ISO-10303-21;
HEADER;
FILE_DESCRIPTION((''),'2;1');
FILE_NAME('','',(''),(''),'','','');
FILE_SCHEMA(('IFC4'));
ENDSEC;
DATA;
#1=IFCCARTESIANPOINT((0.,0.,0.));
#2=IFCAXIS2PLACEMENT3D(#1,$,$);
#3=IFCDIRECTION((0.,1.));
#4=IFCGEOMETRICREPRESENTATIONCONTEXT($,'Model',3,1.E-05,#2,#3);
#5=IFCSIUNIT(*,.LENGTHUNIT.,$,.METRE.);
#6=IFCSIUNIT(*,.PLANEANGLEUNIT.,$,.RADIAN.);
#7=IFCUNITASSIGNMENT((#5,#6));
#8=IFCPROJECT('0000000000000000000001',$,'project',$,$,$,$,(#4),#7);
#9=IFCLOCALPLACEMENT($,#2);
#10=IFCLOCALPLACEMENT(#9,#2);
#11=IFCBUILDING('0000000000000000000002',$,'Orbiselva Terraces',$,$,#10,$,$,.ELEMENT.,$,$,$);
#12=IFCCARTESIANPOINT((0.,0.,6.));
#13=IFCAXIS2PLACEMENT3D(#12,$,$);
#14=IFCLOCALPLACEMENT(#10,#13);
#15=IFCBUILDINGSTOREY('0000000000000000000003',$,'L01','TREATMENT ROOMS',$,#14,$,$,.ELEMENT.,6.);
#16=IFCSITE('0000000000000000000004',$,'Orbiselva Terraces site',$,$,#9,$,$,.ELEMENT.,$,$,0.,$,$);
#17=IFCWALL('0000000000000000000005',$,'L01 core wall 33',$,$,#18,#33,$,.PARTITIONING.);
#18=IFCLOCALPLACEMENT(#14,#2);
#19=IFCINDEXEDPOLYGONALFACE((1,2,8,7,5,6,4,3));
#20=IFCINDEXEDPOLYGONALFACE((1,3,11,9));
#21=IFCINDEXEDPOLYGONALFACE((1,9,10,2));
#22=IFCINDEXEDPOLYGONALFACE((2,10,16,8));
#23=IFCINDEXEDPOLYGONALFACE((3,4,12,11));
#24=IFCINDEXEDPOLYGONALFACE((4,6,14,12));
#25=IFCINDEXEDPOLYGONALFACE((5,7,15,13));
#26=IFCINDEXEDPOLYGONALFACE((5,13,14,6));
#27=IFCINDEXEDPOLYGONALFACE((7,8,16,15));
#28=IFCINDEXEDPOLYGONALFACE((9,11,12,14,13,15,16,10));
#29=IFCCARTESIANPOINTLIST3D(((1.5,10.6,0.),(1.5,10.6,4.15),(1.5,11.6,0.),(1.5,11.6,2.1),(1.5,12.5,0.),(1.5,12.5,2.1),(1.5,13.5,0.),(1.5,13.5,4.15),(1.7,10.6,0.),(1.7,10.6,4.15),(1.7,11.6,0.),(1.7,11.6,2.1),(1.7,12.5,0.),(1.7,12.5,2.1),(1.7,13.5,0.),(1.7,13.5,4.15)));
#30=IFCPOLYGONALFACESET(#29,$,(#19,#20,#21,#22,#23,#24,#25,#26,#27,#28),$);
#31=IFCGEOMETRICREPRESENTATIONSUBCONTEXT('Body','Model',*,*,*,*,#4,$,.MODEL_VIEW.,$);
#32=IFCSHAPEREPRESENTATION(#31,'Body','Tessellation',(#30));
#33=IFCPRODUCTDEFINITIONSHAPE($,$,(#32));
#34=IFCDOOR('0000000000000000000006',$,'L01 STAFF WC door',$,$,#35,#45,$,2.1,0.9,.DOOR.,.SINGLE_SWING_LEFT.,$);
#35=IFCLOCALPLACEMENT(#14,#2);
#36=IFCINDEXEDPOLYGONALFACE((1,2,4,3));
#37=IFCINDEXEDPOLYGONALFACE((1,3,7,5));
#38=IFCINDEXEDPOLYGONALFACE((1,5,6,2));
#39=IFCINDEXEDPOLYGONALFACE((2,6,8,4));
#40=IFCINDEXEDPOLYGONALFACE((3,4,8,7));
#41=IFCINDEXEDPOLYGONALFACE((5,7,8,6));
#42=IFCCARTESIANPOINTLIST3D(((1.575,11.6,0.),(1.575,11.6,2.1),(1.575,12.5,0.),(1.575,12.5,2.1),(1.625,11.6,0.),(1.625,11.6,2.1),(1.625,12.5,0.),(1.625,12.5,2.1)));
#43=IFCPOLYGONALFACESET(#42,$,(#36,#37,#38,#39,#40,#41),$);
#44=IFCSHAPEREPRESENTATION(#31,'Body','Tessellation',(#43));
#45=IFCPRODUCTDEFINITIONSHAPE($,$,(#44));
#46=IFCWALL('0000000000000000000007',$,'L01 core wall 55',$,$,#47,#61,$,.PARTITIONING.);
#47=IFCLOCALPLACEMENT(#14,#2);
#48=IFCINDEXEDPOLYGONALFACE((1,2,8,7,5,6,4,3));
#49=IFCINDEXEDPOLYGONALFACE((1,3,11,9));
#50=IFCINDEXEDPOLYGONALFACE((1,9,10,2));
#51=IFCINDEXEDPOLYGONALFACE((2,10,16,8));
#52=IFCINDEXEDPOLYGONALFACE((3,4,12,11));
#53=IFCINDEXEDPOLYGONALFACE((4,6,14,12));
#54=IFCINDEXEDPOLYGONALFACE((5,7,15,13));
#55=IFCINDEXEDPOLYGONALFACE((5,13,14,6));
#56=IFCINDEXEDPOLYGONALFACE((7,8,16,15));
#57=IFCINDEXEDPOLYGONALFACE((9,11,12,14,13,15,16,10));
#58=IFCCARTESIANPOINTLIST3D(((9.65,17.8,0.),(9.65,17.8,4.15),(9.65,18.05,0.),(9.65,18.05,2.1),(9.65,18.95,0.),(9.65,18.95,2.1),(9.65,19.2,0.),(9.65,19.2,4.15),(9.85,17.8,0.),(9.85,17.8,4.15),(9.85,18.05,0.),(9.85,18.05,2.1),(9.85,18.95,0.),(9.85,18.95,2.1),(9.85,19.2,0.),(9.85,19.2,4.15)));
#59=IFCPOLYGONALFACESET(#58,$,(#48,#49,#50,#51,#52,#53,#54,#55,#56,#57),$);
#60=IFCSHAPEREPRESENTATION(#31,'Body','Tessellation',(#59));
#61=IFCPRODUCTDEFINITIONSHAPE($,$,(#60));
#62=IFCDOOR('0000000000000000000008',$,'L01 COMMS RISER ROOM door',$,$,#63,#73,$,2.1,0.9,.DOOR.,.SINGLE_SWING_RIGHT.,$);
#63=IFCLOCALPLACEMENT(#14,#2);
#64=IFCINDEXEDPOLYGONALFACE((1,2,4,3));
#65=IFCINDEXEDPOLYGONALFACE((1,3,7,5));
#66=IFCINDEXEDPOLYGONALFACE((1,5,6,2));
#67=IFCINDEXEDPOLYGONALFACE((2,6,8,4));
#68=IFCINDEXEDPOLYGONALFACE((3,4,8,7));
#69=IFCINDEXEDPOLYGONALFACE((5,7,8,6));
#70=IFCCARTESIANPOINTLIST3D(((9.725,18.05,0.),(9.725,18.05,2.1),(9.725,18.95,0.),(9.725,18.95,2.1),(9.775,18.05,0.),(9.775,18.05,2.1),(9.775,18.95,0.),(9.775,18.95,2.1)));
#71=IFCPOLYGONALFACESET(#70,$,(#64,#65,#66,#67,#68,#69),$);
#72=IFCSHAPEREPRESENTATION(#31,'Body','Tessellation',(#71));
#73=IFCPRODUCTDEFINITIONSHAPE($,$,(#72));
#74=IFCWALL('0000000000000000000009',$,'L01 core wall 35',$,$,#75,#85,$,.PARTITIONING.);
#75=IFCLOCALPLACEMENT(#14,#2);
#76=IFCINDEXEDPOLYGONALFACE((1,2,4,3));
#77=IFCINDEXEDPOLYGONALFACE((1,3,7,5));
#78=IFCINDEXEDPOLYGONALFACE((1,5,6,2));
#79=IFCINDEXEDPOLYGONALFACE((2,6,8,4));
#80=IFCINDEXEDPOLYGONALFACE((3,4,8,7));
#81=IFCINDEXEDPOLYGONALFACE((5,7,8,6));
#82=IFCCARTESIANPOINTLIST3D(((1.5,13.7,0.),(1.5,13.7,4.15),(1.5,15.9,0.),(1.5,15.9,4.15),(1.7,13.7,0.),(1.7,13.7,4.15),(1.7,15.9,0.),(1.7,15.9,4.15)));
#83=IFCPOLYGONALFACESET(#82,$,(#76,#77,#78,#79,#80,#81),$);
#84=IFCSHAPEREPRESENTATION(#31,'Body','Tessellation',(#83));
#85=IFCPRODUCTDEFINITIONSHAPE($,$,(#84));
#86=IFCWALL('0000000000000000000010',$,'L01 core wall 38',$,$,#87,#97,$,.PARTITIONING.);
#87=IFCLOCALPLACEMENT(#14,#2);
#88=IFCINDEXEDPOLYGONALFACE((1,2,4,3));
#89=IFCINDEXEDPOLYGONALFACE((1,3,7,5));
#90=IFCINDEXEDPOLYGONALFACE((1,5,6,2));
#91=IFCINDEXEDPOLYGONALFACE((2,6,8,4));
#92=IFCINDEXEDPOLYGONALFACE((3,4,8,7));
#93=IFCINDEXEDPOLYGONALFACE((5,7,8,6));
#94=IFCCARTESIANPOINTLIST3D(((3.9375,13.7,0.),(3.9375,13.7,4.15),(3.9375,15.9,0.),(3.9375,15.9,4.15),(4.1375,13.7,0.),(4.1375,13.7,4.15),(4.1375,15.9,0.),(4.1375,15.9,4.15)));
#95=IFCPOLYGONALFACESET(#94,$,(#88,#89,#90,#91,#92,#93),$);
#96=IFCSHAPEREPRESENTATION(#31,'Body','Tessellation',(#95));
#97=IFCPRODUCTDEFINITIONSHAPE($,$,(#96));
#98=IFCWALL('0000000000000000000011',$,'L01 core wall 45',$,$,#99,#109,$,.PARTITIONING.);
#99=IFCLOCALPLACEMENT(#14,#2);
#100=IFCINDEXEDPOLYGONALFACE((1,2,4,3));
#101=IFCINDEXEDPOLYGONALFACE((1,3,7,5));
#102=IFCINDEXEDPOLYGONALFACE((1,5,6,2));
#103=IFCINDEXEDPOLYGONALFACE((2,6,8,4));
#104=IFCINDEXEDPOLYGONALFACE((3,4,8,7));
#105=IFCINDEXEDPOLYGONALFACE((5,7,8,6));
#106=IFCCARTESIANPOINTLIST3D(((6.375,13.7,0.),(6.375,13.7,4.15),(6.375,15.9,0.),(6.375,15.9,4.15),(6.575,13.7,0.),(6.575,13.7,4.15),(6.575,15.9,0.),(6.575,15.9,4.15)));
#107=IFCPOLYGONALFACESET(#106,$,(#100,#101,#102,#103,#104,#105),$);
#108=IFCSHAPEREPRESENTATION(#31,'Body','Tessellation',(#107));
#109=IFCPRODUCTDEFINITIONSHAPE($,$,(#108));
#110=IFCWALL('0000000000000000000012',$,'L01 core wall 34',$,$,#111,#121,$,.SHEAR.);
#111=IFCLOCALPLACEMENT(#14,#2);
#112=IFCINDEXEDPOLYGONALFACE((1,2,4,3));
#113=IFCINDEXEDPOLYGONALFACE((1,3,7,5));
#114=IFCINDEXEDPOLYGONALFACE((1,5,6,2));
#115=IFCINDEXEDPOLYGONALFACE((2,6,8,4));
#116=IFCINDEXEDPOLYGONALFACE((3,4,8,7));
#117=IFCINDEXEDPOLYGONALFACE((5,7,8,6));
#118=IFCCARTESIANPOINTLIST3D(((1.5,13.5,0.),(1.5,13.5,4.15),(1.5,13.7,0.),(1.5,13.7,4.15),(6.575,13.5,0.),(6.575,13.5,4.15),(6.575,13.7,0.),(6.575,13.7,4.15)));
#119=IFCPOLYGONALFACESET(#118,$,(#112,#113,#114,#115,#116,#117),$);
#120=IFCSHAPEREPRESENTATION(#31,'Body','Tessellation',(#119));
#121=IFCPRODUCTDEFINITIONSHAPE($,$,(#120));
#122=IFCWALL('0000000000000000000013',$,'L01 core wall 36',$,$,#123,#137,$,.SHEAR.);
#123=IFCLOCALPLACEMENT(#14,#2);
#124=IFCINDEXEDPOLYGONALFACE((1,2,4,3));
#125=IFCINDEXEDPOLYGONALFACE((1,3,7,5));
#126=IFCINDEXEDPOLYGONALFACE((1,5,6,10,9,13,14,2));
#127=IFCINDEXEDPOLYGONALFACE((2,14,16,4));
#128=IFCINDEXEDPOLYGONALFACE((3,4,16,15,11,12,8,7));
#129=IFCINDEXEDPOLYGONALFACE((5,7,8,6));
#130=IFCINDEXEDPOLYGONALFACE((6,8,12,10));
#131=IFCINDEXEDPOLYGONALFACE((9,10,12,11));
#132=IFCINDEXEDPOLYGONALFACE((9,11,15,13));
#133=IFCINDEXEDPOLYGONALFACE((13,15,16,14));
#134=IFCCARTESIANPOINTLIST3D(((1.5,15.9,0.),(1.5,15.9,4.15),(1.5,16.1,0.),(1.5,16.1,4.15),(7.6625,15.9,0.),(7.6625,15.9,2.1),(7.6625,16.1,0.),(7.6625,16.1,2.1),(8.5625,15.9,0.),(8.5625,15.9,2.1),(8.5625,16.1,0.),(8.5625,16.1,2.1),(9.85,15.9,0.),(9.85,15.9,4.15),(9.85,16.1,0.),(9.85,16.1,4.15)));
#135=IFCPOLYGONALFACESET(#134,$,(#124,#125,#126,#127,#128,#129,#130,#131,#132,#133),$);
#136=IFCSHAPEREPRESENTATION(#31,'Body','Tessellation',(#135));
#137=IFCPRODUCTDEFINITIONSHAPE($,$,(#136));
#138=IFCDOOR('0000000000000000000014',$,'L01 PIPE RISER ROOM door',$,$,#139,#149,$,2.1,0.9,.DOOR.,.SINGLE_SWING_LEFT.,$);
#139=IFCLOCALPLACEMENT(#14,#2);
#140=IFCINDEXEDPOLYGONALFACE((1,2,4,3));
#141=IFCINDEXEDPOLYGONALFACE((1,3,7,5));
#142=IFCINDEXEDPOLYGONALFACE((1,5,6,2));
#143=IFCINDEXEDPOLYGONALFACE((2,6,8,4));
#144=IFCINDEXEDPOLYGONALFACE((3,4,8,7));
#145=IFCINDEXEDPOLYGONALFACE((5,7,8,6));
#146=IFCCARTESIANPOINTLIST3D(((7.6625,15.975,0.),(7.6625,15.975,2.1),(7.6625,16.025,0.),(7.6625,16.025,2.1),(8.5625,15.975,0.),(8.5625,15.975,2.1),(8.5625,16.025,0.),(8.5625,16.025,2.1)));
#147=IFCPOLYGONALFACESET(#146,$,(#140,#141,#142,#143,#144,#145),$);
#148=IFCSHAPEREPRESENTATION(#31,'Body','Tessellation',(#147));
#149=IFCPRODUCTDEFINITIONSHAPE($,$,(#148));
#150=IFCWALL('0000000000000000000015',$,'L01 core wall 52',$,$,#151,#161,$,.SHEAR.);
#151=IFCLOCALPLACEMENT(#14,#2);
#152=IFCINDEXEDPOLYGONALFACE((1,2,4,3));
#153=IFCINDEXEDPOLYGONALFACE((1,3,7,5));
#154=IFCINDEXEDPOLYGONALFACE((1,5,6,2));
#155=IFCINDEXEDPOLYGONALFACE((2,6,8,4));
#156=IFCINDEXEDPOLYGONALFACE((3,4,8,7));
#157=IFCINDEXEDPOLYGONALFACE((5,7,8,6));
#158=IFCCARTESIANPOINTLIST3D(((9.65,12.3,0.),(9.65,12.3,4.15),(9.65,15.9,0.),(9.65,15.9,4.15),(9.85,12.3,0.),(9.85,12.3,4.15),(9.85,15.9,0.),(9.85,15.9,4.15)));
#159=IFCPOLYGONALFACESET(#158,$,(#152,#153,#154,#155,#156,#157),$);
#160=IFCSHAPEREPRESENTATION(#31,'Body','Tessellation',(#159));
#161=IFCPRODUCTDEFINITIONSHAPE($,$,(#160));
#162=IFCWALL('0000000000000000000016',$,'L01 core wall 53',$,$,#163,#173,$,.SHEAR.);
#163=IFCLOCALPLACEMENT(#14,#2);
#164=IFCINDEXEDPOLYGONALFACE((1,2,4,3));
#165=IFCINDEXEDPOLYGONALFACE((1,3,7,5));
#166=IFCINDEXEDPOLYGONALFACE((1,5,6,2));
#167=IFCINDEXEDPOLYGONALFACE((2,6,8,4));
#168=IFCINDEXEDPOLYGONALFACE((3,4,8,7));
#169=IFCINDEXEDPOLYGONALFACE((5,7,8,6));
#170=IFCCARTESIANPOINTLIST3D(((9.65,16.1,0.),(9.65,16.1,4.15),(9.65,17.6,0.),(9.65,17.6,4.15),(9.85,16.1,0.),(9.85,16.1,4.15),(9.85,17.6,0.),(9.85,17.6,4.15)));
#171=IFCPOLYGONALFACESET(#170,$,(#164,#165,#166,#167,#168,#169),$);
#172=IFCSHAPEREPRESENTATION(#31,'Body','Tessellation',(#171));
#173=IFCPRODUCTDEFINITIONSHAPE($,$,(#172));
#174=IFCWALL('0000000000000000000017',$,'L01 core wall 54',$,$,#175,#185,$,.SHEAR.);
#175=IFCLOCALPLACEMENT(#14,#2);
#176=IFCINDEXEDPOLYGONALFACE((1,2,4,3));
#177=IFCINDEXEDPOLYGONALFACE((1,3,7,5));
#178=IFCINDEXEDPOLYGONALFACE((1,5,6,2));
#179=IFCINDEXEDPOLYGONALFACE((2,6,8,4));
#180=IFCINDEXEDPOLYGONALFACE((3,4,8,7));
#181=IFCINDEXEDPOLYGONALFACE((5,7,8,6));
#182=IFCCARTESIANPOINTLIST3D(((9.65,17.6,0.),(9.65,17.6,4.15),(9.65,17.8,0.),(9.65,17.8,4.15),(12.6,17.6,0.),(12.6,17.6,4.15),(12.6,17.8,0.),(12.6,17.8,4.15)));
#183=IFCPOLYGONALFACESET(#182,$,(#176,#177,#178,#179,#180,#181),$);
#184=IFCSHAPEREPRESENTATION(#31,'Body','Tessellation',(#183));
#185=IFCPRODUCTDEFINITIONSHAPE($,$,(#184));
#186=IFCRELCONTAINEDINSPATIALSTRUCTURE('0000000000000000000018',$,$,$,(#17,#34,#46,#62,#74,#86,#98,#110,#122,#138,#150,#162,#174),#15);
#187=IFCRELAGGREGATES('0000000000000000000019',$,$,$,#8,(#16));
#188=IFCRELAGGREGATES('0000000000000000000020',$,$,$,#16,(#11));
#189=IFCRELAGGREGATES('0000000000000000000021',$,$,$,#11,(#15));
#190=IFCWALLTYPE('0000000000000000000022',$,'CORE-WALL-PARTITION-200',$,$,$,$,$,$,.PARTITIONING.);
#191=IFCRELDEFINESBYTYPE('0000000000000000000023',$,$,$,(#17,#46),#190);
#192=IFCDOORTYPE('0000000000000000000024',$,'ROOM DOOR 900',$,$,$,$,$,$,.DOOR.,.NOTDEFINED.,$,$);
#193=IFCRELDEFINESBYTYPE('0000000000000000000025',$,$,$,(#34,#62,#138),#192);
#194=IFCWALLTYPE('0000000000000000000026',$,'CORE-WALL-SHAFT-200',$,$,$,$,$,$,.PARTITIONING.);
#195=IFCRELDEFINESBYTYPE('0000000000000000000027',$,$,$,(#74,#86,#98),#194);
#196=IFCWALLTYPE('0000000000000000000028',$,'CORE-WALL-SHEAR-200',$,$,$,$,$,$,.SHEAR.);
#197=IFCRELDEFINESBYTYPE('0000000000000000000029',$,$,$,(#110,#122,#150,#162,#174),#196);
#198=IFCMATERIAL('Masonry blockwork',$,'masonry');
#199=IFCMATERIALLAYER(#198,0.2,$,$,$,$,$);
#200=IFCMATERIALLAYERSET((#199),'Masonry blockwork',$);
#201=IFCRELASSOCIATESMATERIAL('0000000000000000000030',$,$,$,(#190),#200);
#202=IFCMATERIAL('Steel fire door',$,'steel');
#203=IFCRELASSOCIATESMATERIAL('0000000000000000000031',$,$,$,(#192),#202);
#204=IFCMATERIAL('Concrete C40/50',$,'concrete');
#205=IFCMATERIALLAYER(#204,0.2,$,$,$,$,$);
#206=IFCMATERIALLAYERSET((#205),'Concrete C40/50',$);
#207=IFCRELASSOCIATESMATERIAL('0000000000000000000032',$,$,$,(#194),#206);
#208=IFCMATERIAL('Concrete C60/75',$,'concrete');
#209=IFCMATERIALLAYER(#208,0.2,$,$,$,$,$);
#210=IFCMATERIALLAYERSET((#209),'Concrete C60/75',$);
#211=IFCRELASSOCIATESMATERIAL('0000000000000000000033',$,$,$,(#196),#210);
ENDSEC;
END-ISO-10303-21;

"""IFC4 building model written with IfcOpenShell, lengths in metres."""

from ifc_helpers import new_model, si_unit, direction, frame, frame_2d, origin, place, context, subcontext, project, spatial, rectangle, extrude, material, layer, layer_set, type_object, element, fill, save


model = new_model("IFC4")

# Units and contexts
model_context = context("Model", 3, precision=1e-05, world=origin(), true_north=direction((0.0, 1.0)))
body_context = subcontext(model_context, "Body", "Model", "MODEL_VIEW")
ifc_project = project(units=[si_unit("LENGTHUNIT", "METRE"), si_unit("PLANEANGLEUNIT", "RADIAN")], contexts=[model_context])

# Site, building, storey
site_placement = place(None, origin())
site = spatial("IfcSite", under=ifc_project, at=site_placement, Name="Orbiselva Terraces site", CompositionType="ELEMENT", RefElevation=0.0)
building_placement = place(site_placement, origin())
building = spatial("IfcBuilding", under=site, at=building_placement, Name="Orbiselva Terraces", CompositionType="ELEMENT")
storey_placement = place(building_placement, frame((0.0, 0.0, 6.0)))
storey = spatial("IfcBuildingStorey", under=building, at=storey_placement, Name="L01", Description="TREATMENT ROOMS", CompositionType="ELEMENT", Elevation=6.0)

# Walls, openings, doors
ifc_material_1 = material(Name="Masonry blockwork", Category="masonry")
ifc_layer_1 = layer(ifc_material_1, 0.2)
ifc_layer_set_1 = layer_set([ifc_layer_1], Name="Masonry blockwork")
wall_type_1 = type_object("IfcWallType", Name="CORE-WALL-PARTITION-200", PredefinedType="PARTITIONING", material=ifc_layer_set_1)
wall_1_placement = place(storey_placement, frame((1.6, 13.5, 0.0), z_axis=(0.0, 0.0, 1.0), x_axis=(0.0, -1.0, 0.0)))
wall_1 = element("IfcWall", 1, at=wall_1_placement, inside=storey, type_object=wall_type_1, Name="L01 core wall 33", PredefinedType="PARTITIONING", context=body_context, shape_type="SweptSolid", body=[
    extrude(rectangle(XDim=2.9, YDim=0.2, at=frame_2d((1.45, 0.0))), origin(), (0.0, 0.0, 1.0), 4.15),
])
opening_1_placement = place(wall_1_placement, frame((1.0, 0.0, 0.0)))
opening_1 = element("IfcOpeningElement", 2, at=opening_1_placement, cuts=wall_1, PredefinedType="OPENING", context=body_context, shape_type="SweptSolid", body=[
    extrude(rectangle(XDim=0.9, YDim=2.1, at=frame_2d((0.45, 1.05))), frame((0.0, 0.11, 0.0), z_axis=(0.0, -1.0, 0.0), x_axis=(1.0, 0.0, 0.0)), (0.0, 0.0, 1.0), 0.22),
])
ifc_material_2 = material(Name="Steel fire door", Category="steel")
door_type = type_object("IfcDoorType", Name="ROOM DOOR 900", OperationType="NOTDEFINED", PredefinedType="DOOR", material=ifc_material_2)
door_1_placement = place(opening_1_placement, origin())
door_1 = element("IfcDoor", 3, at=door_1_placement, inside=storey, type_object=door_type, Name="L01 STAFF WC door", OperationType="SINGLE_SWING_LEFT", OverallHeight=2.1, OverallWidth=0.9, PredefinedType="DOOR", context=body_context, shape_type="SweptSolid", body=[
    extrude(rectangle(XDim=0.9, YDim=2.1, at=frame_2d((0.45, 1.05))), frame((0.0, 0.025, 0.0), z_axis=(0.0, -1.0, 0.0), x_axis=(1.0, 0.0, 0.0)), (0.0, 0.0, 1.0), 0.05),
])
fill(opening_1, door_1)
wall_2_placement = place(storey_placement, frame((9.75, 19.2, 0.0), z_axis=(0.0, 0.0, 1.0), x_axis=(0.0, -1.0, 0.0)))
wall_2 = element("IfcWall", 4, at=wall_2_placement, inside=storey, type_object=wall_type_1, Name="L01 core wall 55", PredefinedType="PARTITIONING", context=body_context, shape_type="SweptSolid", body=[
    extrude(rectangle(XDim=1.4, YDim=0.2, at=frame_2d((0.7, 0.0))), origin(), (0.0, 0.0, 1.0), 4.15),
])
opening_2_placement = place(wall_2_placement, frame((0.25, 0.0, 0.0)))
opening_2 = element("IfcOpeningElement", 5, at=opening_2_placement, cuts=wall_2, PredefinedType="OPENING", context=body_context, shape_type="SweptSolid", body=[
    extrude(rectangle(XDim=0.9, YDim=2.1, at=frame_2d((0.45, 1.05))), frame((0.0, 0.11, 0.0), z_axis=(0.0, -1.0, 0.0), x_axis=(1.0, 0.0, 0.0)), (0.0, 0.0, 1.0), 0.22),
])
door_2_placement = place(opening_2_placement, origin())
door_2 = element("IfcDoor", 6, at=door_2_placement, inside=storey, type_object=door_type, Name="L01 COMMS RISER ROOM door", OperationType="SINGLE_SWING_RIGHT", OverallHeight=2.1, OverallWidth=0.9, PredefinedType="DOOR", context=body_context, shape_type="SweptSolid", body=[
    extrude(rectangle(XDim=0.9, YDim=2.1, at=frame_2d((0.45, 1.05))), frame((0.0, 0.025, 0.0), z_axis=(0.0, -1.0, 0.0), x_axis=(1.0, 0.0, 0.0)), (0.0, 0.0, 1.0), 0.05),
])
fill(opening_2, door_2)

# Walls
ifc_material_3 = material(Name="Concrete C40/50", Category="concrete")
ifc_layer_2 = layer(ifc_material_3, 0.2)
ifc_layer_set_2 = layer_set([ifc_layer_2], Name="Concrete C40/50")
wall_type_2 = type_object("IfcWallType", Name="CORE-WALL-SHAFT-200", PredefinedType="PARTITIONING", material=ifc_layer_set_2)
for number, where, z_axis, x_axis, name in (
    (7, (1.6, 13.7, 0.0), (0.0, 0.0, 1.0), (0.0, 1.0, 0.0), "L01 core wall 35"),
    (8, (4.0375, 13.7, 0.0), (0.0, 0.0, 1.0), (0.0, 1.0, 0.0), "L01 core wall 38"),
    (9, (6.475, 13.7, 0.0), (0.0, 0.0, 1.0), (0.0, 1.0, 0.0), "L01 core wall 45"),
):
    element("IfcWall", number, at=place(storey_placement, frame(where, z_axis=z_axis, x_axis=x_axis)), inside=storey, type_object=wall_type_2, Name=name, PredefinedType="PARTITIONING", context=body_context, shape_type="SweptSolid", body=[
        extrude(rectangle(XDim=2.2, YDim=0.2, at=frame_2d((1.1, 0.0))), origin(), (0.0, 0.0, 1.0), 4.15),
    ])
ifc_material_4 = material(Name="Concrete C60/75", Category="concrete")
ifc_layer_3 = layer(ifc_material_4, 0.2)
ifc_layer_set_3 = layer_set([ifc_layer_3], Name="Concrete C60/75")
wall_type_3 = type_object("IfcWallType", Name="CORE-WALL-SHEAR-200", PredefinedType="SHEAR", material=ifc_layer_set_3)
wall_3_placement = place(storey_placement, frame((1.5, 13.6, 0.0), z_axis=(0.0, 0.0, 1.0), x_axis=(1.0, 0.0, 0.0)))
element("IfcWall", 10, at=wall_3_placement, inside=storey, type_object=wall_type_3, Name="L01 core wall 34", PredefinedType="SHEAR", context=body_context, shape_type="SweptSolid", body=[
    extrude(rectangle(XDim=5.075, YDim=0.2, at=frame_2d((2.5375, 0.0))), origin(), (0.0, 0.0, 1.0), 4.15),
])

# Wall, opening, door
wall_4_placement = place(storey_placement, frame((9.85, 16.0, 0.0), z_axis=(0.0, 0.0, 1.0), x_axis=(-1.0, 0.0, 0.0)))
wall_4 = element("IfcWall", 11, at=wall_4_placement, inside=storey, type_object=wall_type_3, Name="L01 core wall 36", PredefinedType="SHEAR", context=body_context, shape_type="SweptSolid", body=[
    extrude(rectangle(XDim=8.35, YDim=0.2, at=frame_2d((4.175, 0.0))), origin(), (0.0, 0.0, 1.0), 4.15),
])
opening_3_placement = place(wall_4_placement, frame((1.2875, 0.0, 0.0)))
opening_3 = element("IfcOpeningElement", 12, at=opening_3_placement, cuts=wall_4, PredefinedType="OPENING", context=body_context, shape_type="SweptSolid", body=[
    extrude(rectangle(XDim=0.9, YDim=2.1, at=frame_2d((0.45, 1.05))), frame((0.0, 0.11, 0.0), z_axis=(0.0, -1.0, 0.0), x_axis=(1.0, 0.0, 0.0)), (0.0, 0.0, 1.0), 0.22),
])
door_3_placement = place(opening_3_placement, origin())
door_3 = element("IfcDoor", 13, at=door_3_placement, inside=storey, type_object=door_type, Name="L01 PIPE RISER ROOM door", OperationType="SINGLE_SWING_LEFT", OverallHeight=2.1, OverallWidth=0.9, PredefinedType="DOOR", context=body_context, shape_type="SweptSolid", body=[
    extrude(rectangle(XDim=0.9, YDim=2.1, at=frame_2d((0.45, 1.05))), frame((0.0, 0.025, 0.0), z_axis=(0.0, -1.0, 0.0), x_axis=(1.0, 0.0, 0.0)), (0.0, 0.0, 1.0), 0.05),
])
fill(opening_3, door_3)

# Walls
wall_5_placement = place(storey_placement, frame((9.75, 12.3, 0.0), z_axis=(0.0, 0.0, 1.0), x_axis=(0.0, 1.0, 0.0)))
element("IfcWall", 14, at=wall_5_placement, inside=storey, type_object=wall_type_3, Name="L01 core wall 52", PredefinedType="SHEAR", context=body_context, shape_type="SweptSolid", body=[
    extrude(rectangle(XDim=3.6, YDim=0.2, at=frame_2d((1.8, 0.0))), origin(), (0.0, 0.0, 1.0), 4.15),
])
wall_6_placement = place(storey_placement, frame((9.75, 16.1, 0.0), z_axis=(0.0, 0.0, 1.0), x_axis=(0.0, 1.0, 0.0)))
element("IfcWall", 15, at=wall_6_placement, inside=storey, type_object=wall_type_3, Name="L01 core wall 53", PredefinedType="SHEAR", context=body_context, shape_type="SweptSolid", body=[
    extrude(rectangle(XDim=1.5, YDim=0.2, at=frame_2d((0.75, 0.0))), origin(), (0.0, 0.0, 1.0), 4.15),
])
wall_7_placement = place(storey_placement, frame((9.65, 17.7, 0.0), z_axis=(0.0, 0.0, 1.0), x_axis=(1.0, 0.0, 0.0)))
element("IfcWall", 16, at=wall_7_placement, inside=storey, type_object=wall_type_3, Name="L01 core wall 54", PredefinedType="SHEAR", context=body_context, shape_type="SweptSolid", body=[
    extrude(rectangle(XDim=2.95, YDim=0.2, at=frame_2d((1.475, 0.0))), origin(), (0.0, 0.0, 1.0), 4.15),
])

save(model, "model.ifc")
